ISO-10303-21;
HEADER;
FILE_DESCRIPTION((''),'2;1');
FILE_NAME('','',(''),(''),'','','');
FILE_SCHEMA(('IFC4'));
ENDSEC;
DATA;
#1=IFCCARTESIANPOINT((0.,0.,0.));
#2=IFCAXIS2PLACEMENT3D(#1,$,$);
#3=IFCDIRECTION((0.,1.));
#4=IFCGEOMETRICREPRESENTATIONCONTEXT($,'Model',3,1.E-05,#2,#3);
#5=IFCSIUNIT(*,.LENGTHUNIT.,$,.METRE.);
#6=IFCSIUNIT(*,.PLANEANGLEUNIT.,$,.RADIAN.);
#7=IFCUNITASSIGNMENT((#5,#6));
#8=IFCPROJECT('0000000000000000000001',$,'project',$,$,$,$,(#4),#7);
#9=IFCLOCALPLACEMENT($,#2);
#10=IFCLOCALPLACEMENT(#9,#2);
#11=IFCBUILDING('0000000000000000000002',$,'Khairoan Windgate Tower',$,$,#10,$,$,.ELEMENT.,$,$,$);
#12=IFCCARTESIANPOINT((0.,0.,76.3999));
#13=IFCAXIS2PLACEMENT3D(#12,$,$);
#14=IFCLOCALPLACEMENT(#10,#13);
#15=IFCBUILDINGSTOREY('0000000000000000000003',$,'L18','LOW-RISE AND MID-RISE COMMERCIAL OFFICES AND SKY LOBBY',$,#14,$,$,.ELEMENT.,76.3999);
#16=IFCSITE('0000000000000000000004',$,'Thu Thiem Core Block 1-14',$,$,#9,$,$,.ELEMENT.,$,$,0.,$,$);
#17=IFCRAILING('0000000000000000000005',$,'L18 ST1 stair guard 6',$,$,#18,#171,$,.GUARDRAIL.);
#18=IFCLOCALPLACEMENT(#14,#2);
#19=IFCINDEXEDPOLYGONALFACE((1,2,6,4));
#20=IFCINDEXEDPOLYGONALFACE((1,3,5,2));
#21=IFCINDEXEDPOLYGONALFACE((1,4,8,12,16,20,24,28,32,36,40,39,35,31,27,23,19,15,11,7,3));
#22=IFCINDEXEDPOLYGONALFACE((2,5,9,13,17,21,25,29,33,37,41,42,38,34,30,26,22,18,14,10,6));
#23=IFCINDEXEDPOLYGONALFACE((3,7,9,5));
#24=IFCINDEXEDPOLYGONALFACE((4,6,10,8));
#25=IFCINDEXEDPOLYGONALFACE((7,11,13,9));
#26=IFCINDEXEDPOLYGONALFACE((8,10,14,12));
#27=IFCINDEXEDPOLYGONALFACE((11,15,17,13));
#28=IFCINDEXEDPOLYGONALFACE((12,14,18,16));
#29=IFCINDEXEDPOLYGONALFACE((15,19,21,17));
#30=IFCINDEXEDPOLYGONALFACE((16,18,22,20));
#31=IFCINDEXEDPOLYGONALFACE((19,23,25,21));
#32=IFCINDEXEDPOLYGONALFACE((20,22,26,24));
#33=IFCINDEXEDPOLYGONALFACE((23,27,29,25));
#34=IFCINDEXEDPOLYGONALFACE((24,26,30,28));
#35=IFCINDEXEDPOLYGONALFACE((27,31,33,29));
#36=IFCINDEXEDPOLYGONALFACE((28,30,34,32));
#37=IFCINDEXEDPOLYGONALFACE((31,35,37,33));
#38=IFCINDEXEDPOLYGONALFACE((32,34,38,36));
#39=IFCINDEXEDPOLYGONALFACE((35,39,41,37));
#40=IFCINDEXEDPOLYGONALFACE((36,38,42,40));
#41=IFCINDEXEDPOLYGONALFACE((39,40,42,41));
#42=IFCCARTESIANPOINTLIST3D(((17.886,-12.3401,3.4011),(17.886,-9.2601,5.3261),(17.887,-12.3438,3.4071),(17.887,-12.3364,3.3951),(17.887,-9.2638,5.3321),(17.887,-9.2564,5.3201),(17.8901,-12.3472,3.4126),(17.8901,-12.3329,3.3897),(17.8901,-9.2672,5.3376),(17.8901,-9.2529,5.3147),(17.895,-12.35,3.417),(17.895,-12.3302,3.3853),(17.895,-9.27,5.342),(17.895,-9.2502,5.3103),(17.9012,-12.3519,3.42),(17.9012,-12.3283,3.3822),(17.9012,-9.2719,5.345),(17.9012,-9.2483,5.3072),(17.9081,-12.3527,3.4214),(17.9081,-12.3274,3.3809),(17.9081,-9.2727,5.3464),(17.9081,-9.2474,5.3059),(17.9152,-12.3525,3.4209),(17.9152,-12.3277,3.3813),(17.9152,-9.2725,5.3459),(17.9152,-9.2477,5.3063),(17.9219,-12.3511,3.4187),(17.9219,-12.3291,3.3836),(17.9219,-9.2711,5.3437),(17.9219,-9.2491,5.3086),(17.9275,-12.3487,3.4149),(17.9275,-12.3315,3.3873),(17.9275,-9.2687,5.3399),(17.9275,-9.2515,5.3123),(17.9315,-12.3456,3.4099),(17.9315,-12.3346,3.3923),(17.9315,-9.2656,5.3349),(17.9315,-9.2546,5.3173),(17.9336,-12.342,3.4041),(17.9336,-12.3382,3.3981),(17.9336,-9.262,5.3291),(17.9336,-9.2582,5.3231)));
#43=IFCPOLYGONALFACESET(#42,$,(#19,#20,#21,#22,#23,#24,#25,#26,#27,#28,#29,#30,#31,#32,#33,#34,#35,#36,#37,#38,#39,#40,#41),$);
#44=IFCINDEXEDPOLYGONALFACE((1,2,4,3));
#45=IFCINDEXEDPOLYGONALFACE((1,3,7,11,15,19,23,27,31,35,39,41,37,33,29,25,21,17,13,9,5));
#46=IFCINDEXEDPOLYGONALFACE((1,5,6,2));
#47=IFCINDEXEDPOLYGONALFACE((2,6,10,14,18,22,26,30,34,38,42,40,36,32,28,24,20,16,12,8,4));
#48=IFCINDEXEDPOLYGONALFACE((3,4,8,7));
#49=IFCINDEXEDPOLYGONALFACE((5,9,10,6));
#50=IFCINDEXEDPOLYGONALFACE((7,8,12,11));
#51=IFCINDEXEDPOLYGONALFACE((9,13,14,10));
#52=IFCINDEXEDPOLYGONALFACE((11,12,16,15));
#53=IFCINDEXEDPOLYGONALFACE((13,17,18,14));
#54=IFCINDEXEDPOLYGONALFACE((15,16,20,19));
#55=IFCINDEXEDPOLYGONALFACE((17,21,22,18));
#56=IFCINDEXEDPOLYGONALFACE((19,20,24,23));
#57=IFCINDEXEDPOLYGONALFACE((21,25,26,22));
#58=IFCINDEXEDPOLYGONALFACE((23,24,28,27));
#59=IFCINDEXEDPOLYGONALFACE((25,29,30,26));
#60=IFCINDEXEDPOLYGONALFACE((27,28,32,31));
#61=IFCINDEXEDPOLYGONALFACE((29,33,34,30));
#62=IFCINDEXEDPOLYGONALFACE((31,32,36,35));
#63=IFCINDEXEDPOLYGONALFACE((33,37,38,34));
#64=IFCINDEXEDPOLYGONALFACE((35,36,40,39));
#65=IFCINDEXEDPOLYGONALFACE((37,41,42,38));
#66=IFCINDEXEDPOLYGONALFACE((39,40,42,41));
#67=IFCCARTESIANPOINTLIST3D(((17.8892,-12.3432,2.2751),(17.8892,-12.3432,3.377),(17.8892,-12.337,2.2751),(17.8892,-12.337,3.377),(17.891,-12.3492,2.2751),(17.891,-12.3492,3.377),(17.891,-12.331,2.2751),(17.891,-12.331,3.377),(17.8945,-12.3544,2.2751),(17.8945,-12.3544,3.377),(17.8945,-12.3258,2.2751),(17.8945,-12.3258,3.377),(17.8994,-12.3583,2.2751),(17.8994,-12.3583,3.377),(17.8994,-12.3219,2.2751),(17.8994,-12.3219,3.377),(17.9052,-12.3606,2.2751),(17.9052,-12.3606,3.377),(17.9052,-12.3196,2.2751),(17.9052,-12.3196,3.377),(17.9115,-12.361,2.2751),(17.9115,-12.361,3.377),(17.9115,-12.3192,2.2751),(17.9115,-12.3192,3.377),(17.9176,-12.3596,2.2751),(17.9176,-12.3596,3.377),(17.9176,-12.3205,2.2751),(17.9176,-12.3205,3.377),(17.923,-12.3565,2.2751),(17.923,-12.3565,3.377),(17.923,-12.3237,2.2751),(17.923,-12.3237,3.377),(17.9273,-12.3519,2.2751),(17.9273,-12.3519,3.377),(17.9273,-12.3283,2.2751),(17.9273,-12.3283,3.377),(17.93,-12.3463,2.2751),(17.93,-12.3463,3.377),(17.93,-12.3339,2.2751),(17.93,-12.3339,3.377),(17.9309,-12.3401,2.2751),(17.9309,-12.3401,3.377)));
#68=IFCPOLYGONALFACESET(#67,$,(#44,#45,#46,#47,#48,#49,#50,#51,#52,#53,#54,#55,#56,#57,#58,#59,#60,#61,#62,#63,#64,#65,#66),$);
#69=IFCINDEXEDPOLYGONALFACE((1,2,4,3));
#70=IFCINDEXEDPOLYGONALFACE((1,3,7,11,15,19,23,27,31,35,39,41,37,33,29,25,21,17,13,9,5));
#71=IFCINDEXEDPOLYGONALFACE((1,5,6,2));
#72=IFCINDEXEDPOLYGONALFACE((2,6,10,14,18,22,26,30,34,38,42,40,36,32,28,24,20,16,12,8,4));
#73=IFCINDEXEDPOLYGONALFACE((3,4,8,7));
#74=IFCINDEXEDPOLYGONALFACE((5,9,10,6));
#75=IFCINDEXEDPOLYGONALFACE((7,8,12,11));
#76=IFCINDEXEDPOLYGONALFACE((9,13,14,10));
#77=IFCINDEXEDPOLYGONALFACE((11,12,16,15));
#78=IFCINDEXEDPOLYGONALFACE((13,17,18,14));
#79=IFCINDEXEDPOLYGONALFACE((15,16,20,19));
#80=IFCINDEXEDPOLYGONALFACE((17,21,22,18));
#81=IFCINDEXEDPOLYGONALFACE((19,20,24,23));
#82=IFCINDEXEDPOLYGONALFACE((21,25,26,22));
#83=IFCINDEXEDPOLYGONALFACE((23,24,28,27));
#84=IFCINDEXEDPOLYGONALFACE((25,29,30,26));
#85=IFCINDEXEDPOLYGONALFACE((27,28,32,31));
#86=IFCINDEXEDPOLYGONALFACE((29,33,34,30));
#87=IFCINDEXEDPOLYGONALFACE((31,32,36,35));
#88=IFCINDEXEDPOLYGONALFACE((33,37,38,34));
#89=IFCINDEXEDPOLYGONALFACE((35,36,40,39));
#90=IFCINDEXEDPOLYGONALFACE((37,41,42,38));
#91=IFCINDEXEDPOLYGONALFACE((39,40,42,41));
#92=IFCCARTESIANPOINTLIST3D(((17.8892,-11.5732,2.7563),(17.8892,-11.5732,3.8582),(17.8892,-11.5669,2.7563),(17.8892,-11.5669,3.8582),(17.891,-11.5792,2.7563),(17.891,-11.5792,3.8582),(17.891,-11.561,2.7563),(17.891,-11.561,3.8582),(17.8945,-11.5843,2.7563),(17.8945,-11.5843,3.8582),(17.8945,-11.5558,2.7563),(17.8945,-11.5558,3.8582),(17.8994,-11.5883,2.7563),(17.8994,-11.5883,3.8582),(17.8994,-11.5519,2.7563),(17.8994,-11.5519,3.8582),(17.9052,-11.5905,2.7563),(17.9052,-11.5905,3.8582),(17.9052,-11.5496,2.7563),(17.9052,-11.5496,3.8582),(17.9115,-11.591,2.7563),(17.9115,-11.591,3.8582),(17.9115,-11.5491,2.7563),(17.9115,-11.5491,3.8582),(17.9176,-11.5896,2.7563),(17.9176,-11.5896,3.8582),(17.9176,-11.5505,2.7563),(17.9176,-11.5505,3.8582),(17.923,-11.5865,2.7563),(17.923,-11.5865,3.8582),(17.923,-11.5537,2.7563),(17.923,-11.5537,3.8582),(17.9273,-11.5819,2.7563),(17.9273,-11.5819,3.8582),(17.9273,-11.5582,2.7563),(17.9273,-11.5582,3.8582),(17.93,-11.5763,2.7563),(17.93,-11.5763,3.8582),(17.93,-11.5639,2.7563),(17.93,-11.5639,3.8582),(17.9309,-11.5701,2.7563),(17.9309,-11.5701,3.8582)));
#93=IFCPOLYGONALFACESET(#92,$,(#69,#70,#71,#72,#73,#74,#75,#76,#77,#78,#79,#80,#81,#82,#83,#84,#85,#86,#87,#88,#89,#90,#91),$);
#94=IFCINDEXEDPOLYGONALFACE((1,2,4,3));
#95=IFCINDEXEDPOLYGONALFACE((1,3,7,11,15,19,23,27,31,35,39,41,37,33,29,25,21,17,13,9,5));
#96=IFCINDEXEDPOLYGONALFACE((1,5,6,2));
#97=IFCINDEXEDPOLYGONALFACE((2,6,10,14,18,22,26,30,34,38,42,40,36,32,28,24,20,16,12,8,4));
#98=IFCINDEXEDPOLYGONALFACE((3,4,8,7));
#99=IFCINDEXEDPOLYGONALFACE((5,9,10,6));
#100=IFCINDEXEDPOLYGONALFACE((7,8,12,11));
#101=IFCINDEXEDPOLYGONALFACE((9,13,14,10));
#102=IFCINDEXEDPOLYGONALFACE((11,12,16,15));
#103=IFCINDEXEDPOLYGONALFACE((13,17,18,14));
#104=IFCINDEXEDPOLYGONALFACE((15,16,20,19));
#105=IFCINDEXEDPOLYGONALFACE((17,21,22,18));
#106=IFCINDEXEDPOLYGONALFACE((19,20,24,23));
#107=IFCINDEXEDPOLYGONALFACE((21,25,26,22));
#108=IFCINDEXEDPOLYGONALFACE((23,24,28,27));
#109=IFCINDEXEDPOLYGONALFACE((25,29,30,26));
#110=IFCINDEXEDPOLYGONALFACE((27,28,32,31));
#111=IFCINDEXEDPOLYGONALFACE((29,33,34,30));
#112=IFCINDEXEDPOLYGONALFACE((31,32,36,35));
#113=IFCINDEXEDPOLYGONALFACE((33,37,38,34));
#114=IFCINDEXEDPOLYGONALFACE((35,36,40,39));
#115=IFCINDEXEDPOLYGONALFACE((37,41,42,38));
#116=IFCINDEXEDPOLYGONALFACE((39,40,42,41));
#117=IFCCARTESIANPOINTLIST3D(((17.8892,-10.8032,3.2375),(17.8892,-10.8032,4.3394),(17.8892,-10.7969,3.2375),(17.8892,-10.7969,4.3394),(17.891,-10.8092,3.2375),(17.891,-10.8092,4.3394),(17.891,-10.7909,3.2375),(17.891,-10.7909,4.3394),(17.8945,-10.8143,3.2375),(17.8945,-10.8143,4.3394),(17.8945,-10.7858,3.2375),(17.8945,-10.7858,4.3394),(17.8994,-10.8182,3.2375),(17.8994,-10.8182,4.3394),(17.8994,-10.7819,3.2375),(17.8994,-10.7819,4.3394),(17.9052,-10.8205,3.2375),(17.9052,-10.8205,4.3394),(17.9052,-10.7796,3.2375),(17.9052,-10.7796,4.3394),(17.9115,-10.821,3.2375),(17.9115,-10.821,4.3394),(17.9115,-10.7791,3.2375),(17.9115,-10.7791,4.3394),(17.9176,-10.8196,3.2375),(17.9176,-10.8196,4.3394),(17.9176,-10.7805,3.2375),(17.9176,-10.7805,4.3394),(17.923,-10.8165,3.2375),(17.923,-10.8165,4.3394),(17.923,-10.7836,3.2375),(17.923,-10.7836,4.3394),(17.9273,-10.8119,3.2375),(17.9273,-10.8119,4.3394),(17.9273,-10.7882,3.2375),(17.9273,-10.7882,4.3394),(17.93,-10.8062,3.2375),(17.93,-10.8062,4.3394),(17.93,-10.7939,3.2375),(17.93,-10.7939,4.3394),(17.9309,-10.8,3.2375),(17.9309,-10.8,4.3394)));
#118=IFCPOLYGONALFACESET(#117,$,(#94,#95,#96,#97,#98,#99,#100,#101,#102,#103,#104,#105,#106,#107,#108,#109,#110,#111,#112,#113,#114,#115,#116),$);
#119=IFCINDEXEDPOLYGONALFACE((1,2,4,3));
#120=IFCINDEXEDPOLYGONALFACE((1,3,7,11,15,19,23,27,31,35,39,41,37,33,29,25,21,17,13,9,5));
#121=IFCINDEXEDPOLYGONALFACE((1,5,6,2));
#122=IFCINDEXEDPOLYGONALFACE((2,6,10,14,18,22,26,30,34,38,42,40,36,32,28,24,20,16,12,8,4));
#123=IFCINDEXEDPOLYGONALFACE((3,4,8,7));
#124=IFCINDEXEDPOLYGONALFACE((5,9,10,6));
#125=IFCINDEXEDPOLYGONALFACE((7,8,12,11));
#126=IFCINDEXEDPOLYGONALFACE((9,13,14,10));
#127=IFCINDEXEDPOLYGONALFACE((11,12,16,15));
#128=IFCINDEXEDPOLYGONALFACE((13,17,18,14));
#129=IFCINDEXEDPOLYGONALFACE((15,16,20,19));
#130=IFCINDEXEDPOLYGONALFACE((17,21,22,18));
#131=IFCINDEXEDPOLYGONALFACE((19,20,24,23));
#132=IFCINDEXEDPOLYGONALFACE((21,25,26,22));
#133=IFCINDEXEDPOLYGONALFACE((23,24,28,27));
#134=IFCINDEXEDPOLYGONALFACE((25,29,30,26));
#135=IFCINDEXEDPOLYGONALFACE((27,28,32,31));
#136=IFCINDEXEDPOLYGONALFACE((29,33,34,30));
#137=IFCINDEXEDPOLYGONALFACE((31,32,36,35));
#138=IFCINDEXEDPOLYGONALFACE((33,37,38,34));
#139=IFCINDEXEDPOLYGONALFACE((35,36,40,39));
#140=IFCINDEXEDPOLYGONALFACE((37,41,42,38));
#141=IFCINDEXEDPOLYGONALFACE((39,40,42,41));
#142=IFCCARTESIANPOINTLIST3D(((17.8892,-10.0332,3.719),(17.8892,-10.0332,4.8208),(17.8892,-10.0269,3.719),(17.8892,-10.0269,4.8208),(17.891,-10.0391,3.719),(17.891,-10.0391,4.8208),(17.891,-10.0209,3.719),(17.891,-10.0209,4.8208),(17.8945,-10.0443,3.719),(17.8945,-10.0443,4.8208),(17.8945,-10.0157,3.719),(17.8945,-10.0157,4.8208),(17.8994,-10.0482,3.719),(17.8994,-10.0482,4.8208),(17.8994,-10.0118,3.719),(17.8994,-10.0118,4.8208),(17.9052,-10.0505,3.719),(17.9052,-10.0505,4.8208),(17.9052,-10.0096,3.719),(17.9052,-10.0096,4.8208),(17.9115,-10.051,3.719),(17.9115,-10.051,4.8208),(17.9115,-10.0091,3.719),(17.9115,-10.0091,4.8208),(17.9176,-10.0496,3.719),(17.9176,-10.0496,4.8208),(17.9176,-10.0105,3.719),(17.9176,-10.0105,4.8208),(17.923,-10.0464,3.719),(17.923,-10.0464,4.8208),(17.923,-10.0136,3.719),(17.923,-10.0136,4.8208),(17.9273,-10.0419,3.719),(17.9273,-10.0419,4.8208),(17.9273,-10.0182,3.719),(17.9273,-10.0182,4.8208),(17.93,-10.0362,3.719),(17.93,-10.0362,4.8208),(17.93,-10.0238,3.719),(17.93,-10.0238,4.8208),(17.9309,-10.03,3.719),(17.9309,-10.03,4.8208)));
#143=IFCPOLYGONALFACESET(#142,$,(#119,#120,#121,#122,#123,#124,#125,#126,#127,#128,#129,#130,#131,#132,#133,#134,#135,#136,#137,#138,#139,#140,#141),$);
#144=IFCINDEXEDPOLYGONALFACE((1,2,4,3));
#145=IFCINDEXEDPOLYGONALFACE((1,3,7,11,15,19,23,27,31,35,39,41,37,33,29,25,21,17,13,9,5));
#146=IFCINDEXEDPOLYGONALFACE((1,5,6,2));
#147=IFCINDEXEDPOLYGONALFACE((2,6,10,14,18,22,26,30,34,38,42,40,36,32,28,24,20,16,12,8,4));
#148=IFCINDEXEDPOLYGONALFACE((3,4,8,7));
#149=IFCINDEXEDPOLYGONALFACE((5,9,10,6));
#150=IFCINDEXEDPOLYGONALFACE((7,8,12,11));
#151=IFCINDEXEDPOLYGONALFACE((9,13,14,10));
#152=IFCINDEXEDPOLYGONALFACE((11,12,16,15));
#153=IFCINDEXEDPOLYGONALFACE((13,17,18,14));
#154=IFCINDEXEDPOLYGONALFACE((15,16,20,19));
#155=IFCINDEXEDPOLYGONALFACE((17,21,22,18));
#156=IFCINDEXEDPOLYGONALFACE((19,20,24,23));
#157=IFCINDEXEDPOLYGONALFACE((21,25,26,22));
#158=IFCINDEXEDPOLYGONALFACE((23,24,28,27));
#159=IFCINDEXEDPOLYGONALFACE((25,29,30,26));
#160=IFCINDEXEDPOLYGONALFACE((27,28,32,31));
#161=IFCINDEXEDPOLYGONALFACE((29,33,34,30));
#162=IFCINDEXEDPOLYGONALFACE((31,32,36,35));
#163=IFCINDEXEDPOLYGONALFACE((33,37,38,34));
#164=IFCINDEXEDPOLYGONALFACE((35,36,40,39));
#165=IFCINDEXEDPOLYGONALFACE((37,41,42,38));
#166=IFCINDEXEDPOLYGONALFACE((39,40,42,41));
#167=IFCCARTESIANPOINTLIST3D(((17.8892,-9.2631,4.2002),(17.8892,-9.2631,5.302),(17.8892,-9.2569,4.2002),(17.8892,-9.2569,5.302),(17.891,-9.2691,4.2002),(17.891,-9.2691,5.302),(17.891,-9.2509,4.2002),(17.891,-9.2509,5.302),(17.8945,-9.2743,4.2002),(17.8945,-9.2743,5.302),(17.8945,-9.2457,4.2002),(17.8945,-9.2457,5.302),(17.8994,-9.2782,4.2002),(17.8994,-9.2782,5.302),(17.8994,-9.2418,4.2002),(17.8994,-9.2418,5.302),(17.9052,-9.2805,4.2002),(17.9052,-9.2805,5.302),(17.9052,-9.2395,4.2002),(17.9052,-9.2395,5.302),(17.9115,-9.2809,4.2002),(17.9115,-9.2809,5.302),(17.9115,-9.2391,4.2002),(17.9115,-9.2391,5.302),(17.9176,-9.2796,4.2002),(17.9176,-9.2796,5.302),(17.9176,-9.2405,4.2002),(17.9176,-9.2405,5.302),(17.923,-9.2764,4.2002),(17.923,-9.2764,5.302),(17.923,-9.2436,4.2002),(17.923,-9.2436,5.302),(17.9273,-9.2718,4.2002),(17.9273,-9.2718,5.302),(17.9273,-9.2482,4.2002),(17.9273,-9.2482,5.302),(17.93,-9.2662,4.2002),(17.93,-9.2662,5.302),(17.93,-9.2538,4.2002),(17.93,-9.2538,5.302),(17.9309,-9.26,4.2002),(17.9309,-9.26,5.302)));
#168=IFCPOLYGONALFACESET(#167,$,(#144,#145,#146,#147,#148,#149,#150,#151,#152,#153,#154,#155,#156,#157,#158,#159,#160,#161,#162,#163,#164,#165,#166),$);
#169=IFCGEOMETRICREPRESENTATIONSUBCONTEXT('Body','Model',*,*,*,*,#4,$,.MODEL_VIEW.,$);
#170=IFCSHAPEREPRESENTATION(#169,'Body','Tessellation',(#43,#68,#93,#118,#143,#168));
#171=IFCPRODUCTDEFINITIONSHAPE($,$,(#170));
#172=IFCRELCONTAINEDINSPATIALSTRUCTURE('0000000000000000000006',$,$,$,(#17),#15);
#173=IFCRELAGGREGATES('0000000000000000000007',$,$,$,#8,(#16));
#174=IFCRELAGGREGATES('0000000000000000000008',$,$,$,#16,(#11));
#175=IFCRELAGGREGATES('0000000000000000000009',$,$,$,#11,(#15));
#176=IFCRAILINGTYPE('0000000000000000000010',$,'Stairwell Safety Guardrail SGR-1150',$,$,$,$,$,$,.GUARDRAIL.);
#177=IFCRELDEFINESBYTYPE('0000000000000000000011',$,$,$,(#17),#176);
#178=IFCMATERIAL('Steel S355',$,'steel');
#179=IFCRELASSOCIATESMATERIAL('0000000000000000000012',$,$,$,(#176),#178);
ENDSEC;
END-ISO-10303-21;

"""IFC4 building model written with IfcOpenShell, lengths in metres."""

from ifc_helpers import new_model, si_unit, direction, frame, origin, origin_2d, place, context, subcontext, project, spatial, circle, extrude, material, type_object, element, save


model = new_model("IFC4")

# Units and contexts
model_context = context("Model", 3, precision=1e-05, world=origin(), true_north=direction((0.0, 1.0)))
body_context = subcontext(model_context, "Body", "Model", "MODEL_VIEW")
ifc_project = project(units=[si_unit("LENGTHUNIT", "METRE"), si_unit("PLANEANGLEUNIT", "RADIAN")], contexts=[model_context])

# Site, building, storey
site_placement = place(None, origin())
site = spatial("IfcSite", under=ifc_project, at=site_placement, Name="Thu Thiem Core Block 1-14", CompositionType="ELEMENT", RefElevation=0.0)
building_placement = place(site_placement, origin())
building = spatial("IfcBuilding", under=site, at=building_placement, Name="Khairoan Windgate Tower", CompositionType="ELEMENT")
storey_placement = place(building_placement, frame((0.0, 0.0, 76.3999)))
storey = spatial("IfcBuildingStorey", under=building, at=storey_placement, Name="L18", Description="LOW-RISE AND MID-RISE COMMERCIAL OFFICES AND SKY LOBBY", CompositionType="ELEMENT", Elevation=76.3999)

# Railing
ifc_material_1 = material(Name="Steel S355", Category="steel")
railing_type = type_object("IfcRailingType", Name="Stairwell Safety Guardrail SGR-1150", PredefinedType="GUARDRAIL", material=ifc_material_1)
railing_1_placement = place(storey_placement, frame((17.9099, -12.3401, 2.2751)))
element("IfcRailing", 1, at=railing_1_placement, inside=storey, type_object=railing_type, Name="L18 ST1 stair guard 6", PredefinedType="GUARDRAIL", context=body_context, shape_type="SweptSolid", body=[
    extrude(circle(Radius=0.0239, at=origin_2d()), frame((0.0, 0.0, 1.126), z_axis=(0.0, 0.847998, 0.529999), x_axis=(-1.0, 0.0, 0.0)), (0.0, 0.0, 1.0), 3.6321),
    extrude(circle(Radius=0.021, at=origin_2d()), origin(), (0.0, 0.0, 1.0), 1.1018),
    extrude(circle(Radius=0.021, at=origin_2d()), frame((0.0, 0.77, 0.4812)), (0.0, 0.0, 1.0), 1.1018),
    extrude(circle(Radius=0.021, at=origin_2d()), frame((0.0, 1.54, 0.9624)), (0.0, 0.0, 1.0), 1.1018),
    extrude(circle(Radius=0.021, at=origin_2d()), frame((0.0, 2.3101, 1.4438)), (0.0, 0.0, 1.0), 1.1018),
    extrude(circle(Radius=0.021, at=origin_2d()), frame((0.0, 3.0801, 1.925)), (0.0, 0.0, 1.0), 1.1018),
])

save(model, "model.ifc")
